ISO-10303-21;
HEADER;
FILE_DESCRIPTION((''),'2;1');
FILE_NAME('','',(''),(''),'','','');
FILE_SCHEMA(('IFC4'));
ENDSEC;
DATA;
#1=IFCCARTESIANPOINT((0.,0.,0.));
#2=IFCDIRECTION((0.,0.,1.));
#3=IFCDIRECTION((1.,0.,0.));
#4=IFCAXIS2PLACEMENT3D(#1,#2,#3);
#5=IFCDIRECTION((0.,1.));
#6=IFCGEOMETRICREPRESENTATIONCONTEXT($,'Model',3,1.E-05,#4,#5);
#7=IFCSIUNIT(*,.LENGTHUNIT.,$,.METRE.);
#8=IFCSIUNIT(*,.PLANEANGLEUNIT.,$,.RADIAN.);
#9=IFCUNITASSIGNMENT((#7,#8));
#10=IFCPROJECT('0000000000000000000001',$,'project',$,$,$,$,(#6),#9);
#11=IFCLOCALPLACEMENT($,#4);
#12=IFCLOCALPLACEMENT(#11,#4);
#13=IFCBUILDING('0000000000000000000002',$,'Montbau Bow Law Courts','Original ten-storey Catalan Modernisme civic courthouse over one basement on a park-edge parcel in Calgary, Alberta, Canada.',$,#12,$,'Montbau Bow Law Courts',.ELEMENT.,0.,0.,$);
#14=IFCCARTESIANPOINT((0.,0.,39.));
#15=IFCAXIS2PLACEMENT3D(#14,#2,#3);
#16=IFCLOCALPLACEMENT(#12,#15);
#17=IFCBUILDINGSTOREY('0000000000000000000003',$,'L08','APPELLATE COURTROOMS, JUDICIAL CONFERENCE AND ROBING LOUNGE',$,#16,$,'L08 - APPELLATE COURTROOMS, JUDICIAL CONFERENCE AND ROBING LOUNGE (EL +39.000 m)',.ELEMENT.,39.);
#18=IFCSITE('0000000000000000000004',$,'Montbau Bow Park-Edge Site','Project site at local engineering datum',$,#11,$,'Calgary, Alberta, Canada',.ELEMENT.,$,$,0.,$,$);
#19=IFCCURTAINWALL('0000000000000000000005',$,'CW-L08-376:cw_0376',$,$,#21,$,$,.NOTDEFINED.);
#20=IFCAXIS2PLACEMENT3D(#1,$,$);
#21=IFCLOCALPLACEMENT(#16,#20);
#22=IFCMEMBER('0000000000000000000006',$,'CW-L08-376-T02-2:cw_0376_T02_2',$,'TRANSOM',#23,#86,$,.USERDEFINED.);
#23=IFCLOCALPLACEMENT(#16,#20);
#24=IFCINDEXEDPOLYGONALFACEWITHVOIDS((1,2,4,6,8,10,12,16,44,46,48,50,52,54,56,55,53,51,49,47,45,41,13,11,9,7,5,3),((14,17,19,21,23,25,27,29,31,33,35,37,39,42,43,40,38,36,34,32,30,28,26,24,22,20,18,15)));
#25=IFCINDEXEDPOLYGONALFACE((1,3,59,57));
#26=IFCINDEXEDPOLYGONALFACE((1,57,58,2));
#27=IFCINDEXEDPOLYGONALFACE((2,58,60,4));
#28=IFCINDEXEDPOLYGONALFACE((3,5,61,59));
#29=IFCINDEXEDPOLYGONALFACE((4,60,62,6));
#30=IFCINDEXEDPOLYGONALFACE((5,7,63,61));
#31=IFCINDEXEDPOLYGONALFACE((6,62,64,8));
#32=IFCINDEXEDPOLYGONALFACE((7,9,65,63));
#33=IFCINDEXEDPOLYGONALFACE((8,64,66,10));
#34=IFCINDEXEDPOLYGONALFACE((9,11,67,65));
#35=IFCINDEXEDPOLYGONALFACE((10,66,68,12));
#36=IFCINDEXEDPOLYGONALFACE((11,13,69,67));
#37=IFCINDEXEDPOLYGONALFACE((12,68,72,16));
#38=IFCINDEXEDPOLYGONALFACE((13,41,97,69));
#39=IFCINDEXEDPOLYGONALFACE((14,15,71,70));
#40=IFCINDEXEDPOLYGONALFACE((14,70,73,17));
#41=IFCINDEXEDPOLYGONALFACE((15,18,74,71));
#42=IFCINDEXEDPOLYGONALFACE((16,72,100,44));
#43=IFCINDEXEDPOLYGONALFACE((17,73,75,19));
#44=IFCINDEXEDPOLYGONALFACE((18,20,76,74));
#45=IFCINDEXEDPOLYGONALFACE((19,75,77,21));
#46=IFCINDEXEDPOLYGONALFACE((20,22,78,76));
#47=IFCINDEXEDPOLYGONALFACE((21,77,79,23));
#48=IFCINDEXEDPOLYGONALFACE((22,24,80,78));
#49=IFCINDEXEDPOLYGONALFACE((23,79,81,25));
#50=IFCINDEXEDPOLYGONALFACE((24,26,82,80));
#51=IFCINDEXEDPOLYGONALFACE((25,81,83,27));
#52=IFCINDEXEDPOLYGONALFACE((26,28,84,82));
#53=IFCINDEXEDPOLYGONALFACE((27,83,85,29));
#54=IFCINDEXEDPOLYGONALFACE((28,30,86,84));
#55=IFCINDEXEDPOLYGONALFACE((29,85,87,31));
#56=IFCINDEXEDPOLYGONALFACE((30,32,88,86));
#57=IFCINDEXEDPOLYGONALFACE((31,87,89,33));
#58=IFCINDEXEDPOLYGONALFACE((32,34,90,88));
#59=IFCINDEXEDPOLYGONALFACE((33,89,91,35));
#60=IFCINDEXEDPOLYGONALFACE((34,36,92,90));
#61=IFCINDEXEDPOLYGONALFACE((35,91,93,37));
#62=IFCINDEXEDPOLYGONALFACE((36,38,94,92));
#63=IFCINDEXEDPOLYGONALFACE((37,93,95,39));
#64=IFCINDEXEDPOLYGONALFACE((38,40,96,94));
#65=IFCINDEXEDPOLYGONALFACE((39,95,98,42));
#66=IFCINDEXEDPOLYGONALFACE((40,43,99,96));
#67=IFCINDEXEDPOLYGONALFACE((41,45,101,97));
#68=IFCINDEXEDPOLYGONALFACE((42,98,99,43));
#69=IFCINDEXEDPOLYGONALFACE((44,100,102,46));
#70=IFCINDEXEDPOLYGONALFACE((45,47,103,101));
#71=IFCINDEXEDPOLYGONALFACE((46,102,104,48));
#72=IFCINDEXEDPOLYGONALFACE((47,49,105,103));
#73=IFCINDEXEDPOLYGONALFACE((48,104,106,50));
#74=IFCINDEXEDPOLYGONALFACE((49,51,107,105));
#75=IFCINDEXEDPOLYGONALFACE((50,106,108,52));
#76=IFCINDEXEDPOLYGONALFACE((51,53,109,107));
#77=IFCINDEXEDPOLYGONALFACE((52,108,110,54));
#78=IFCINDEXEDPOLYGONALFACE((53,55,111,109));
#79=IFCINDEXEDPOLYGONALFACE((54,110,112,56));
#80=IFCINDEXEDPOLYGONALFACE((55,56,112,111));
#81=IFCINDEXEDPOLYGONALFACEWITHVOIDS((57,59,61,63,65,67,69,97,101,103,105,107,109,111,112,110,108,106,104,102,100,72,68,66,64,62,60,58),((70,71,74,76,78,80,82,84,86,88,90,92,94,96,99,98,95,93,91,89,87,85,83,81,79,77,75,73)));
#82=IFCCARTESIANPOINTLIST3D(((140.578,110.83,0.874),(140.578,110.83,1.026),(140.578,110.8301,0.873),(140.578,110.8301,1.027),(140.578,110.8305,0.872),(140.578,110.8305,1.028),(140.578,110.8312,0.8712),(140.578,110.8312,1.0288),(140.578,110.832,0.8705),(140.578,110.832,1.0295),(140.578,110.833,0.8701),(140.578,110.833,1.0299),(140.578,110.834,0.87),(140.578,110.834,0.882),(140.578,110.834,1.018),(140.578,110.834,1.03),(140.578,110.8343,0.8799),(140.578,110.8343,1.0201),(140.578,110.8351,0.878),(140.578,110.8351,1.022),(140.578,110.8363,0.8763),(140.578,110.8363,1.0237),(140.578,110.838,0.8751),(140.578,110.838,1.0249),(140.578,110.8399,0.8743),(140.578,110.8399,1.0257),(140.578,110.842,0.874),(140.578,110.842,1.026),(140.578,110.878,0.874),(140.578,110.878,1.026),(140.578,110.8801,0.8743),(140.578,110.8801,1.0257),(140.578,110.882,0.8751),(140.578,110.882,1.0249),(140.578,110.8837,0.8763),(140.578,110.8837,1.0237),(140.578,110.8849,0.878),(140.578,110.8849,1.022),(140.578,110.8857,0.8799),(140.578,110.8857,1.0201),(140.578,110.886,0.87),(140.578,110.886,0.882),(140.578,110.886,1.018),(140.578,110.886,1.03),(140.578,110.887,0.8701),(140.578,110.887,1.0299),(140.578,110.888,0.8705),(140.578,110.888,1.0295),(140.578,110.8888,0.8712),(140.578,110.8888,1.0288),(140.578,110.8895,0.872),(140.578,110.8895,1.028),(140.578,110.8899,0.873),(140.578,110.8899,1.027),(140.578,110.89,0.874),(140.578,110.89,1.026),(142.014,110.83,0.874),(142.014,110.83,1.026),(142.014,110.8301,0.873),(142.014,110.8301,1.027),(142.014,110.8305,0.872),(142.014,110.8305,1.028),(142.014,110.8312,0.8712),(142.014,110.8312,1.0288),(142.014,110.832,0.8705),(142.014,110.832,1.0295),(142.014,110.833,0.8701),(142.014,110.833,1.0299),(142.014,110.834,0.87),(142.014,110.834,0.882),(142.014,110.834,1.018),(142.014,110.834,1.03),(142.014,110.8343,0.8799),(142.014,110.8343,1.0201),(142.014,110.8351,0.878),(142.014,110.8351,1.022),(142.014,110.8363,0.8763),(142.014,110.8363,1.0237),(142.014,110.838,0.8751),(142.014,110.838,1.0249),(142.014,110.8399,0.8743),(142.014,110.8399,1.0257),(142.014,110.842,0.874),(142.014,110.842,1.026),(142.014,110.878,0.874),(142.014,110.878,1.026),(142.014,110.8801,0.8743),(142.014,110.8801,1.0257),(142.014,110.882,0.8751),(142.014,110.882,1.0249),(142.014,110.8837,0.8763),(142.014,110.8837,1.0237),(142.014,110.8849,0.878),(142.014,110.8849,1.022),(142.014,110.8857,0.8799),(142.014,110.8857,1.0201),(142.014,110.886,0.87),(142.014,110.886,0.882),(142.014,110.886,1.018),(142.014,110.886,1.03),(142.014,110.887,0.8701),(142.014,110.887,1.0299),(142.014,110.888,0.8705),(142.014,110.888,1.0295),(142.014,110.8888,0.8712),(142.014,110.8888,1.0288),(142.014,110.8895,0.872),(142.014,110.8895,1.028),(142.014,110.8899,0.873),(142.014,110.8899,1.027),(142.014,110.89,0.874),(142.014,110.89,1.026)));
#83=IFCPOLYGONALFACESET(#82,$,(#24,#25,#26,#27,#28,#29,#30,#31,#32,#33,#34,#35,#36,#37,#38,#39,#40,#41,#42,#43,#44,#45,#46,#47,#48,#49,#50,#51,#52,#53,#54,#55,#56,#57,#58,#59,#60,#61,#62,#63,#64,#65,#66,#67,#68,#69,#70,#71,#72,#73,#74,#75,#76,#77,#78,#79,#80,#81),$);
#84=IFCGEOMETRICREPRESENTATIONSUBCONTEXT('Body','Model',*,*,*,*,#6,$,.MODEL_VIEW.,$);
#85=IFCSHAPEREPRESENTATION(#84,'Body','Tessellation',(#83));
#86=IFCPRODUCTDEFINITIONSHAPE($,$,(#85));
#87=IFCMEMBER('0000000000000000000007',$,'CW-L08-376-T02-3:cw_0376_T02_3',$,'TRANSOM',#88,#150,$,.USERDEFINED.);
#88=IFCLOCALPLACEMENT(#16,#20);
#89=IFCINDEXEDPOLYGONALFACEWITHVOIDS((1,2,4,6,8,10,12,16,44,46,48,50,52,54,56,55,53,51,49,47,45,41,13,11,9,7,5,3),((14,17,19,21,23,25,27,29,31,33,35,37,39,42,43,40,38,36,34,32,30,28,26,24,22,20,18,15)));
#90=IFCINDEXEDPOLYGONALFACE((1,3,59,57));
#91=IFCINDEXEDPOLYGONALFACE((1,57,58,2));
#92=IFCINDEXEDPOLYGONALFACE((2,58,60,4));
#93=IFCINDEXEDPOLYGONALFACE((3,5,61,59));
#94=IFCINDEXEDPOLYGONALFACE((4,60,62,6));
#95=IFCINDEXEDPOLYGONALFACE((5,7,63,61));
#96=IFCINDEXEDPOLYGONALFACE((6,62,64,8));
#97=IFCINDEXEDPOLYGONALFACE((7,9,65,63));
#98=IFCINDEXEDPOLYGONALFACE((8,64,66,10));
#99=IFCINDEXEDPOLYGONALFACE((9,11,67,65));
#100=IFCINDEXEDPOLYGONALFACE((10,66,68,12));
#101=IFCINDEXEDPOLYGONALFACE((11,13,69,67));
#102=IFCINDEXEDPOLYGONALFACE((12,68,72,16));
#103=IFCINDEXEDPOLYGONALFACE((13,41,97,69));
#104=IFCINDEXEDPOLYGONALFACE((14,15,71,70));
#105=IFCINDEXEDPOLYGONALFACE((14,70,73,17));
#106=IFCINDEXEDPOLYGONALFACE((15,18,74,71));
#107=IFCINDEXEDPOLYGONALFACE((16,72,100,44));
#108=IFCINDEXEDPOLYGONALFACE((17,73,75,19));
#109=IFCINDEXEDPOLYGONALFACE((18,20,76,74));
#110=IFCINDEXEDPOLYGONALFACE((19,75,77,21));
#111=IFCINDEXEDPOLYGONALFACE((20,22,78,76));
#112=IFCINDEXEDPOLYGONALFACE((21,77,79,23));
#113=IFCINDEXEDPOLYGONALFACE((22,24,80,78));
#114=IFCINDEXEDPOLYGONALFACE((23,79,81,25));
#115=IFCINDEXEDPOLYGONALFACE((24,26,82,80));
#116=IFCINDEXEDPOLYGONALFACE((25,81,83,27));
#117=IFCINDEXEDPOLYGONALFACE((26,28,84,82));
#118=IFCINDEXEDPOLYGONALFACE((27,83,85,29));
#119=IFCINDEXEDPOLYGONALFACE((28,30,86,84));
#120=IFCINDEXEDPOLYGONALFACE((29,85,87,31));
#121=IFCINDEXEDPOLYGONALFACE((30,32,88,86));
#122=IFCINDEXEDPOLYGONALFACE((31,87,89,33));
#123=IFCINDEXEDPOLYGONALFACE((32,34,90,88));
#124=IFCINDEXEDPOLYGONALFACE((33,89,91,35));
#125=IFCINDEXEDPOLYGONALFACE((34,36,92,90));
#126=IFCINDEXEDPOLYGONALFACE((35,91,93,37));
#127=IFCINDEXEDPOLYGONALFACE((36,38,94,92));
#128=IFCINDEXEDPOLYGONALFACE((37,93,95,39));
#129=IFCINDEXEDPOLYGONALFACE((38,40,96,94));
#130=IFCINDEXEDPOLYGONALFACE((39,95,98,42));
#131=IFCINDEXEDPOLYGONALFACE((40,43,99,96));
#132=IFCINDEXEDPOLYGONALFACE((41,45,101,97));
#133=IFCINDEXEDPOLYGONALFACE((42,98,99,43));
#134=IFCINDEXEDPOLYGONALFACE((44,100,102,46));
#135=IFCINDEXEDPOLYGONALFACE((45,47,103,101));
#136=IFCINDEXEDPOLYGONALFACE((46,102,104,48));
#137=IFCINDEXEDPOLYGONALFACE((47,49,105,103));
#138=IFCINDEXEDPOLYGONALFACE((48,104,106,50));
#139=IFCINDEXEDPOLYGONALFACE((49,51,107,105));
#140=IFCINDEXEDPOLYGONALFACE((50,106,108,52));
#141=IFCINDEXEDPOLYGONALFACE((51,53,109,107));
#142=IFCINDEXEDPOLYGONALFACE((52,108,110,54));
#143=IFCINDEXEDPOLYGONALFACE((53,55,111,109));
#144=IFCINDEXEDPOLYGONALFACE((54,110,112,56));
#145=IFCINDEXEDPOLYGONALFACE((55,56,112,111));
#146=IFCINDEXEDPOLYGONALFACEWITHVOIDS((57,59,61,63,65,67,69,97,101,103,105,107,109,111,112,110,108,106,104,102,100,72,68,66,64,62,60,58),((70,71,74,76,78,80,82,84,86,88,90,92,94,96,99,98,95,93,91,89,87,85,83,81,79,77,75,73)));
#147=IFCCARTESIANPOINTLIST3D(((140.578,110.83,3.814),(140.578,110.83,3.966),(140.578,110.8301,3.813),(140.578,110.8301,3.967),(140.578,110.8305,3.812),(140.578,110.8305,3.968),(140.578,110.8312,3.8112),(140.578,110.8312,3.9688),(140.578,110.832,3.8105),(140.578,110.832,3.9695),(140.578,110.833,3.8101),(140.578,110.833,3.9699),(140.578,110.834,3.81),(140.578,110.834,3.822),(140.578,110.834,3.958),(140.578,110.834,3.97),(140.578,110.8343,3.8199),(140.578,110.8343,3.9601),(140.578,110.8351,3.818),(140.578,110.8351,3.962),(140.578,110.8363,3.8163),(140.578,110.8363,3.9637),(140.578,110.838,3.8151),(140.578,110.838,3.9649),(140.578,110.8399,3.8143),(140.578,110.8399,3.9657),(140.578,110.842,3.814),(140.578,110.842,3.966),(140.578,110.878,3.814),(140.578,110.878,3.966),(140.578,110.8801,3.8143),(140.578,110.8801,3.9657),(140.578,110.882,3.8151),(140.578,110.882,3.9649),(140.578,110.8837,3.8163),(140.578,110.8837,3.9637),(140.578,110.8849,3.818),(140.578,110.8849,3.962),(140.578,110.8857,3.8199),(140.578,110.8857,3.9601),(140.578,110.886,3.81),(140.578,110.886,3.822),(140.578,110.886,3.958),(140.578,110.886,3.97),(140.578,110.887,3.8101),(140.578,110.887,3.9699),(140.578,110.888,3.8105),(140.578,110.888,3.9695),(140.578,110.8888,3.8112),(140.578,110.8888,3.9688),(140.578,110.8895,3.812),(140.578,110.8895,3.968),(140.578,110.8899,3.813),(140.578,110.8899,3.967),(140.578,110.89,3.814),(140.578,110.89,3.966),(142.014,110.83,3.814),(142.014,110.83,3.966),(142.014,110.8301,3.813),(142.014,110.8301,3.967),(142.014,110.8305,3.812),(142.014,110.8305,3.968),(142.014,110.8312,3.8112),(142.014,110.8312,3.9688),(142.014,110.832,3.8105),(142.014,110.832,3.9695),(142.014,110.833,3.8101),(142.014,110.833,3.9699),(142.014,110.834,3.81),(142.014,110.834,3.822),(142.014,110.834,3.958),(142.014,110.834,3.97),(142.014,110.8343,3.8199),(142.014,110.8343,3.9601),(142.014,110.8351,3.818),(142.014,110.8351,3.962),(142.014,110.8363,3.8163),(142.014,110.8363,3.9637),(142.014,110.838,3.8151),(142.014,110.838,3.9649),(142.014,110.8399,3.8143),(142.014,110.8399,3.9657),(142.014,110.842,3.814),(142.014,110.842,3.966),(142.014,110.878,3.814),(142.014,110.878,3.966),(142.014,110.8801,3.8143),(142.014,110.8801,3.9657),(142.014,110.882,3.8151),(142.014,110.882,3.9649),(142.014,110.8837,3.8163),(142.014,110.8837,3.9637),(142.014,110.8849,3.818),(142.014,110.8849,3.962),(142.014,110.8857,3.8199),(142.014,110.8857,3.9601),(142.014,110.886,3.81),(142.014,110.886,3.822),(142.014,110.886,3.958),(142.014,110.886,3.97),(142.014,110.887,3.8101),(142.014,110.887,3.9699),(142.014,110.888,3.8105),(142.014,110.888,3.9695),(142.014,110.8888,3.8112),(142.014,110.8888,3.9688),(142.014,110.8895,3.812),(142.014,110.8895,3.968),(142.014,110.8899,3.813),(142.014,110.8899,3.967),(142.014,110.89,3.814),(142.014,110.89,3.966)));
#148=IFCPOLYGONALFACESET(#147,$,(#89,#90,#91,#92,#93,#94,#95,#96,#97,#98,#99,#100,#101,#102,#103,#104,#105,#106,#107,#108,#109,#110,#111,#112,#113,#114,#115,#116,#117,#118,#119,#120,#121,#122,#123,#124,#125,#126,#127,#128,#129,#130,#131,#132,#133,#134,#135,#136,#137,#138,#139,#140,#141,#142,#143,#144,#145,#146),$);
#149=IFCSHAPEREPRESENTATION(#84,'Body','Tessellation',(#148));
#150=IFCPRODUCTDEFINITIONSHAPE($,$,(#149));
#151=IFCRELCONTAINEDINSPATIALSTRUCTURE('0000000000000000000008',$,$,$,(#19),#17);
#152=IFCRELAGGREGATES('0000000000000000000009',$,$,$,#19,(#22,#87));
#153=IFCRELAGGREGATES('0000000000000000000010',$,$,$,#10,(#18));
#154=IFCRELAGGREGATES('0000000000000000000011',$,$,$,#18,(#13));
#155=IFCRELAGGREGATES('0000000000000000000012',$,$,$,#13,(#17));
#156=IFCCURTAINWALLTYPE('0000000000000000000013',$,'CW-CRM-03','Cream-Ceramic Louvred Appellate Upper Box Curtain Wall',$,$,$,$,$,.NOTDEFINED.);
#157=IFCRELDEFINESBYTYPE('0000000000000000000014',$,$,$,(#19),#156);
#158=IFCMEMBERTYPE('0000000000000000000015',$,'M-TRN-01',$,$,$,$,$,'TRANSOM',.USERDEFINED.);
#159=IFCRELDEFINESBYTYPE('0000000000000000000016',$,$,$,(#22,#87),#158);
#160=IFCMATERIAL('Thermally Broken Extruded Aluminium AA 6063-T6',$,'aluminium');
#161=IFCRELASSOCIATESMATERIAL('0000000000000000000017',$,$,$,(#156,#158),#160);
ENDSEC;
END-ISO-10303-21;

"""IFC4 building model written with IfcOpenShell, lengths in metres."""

from ifc_helpers import new_model, si_unit, direction, frame, origin_with_axes, origin_2d_with_axis, place, context, subcontext, project, spatial, hollow_rectangle, extrude, material, material_profile, profile_set, type_object, element, aggregate, save


model = new_model("IFC4")

# Units and contexts
model_context = context("Model", 3, precision=1e-05, world=origin_with_axes(), true_north=direction((0.0, 1.0)))
body_context = subcontext(model_context, "Body", "Model", "MODEL_VIEW")
ifc_project = project(units=[si_unit("LENGTHUNIT", "METRE"), si_unit("PLANEANGLEUNIT", "RADIAN")], contexts=[model_context])

# Site, building, storey
site_placement = place(None, origin_with_axes())
site = spatial("IfcSite", under=ifc_project, at=site_placement, Name="Montbau Bow Park-Edge Site", Description="Project site at local engineering datum", LongName="Calgary, Alberta, Canada", CompositionType="ELEMENT", RefElevation=0.0)
building_placement = place(site_placement, origin_with_axes())
building = spatial("IfcBuilding", under=site, at=building_placement, Name="Montbau Bow Law Courts", Description="Original ten-storey Catalan Modernisme civic courthouse over one basement on a park-edge parcel in Calgary, Alberta, Canada.", LongName="Montbau Bow Law Courts", CompositionType="ELEMENT", ElevationOfRefHeight=0.0, ElevationOfTerrain=0.0)
storey_placement = place(building_placement, frame((0.0, 0.0, 39.0), z_axis=(0.0, 0.0, 1.0), x_axis=(1.0, 0.0, 0.0)))
storey = spatial("IfcBuildingStorey", under=building, at=storey_placement, Name="L08", Description="APPELLATE COURTROOMS, JUDICIAL CONFERENCE AND ROBING LOUNGE", LongName="L08 - APPELLATE COURTROOMS, JUDICIAL CONFERENCE AND ROBING LOUNGE (EL +39.000 m)", CompositionType="ELEMENT", Elevation=39.0)

# Curtain wall, members
ifc_material_1 = material(Name="Thermally Broken Extruded Aluminium AA 6063-T6", Category="aluminium")
curtain_wall_type = type_object("IfcCurtainWallType", Name="CW-CRM-03", Description="Cream-Ceramic Louvred Appellate Upper Box Curtain Wall", PredefinedType="NOTDEFINED", material=ifc_material_1)
curtain_wall_1_placement = place(None, frame((139.04, 110.86, 39.0), z_axis=(0.0, 0.0, 1.0), x_axis=(1.0, 0.0, 0.0)))
curtain_wall_1 = element("IfcCurtainWall", 1, at=curtain_wall_1_placement, inside=storey, type_object=curtain_wall_type, Name="CW-L08-376:cw_0376", PredefinedType="NOTDEFINED")
ifc_material_profile_1 = material_profile(ifc_material_1, hollow_rectangle(XDim=0.06, YDim=0.16, WallThickness=0.004, InnerFilletRadius=0.008, OuterFilletRadius=0.004, at=origin_2d_with_axis()), Name="CWT-160X60", Category="Main", Priority=0)
ifc_profile_set_1 = profile_set([ifc_material_profile_1], Name="Thermally Broken Extruded Aluminium AA 6063-T6")
member_type_1 = type_object("IfcMemberType", Name="M-TRN-01", ElementType="TRANSOM", PredefinedType="USERDEFINED", material=ifc_profile_set_1)
member_1_placement = place(None, frame((140.578, 110.86, 39.95), z_axis=(1.0, 0.0, 0.0), x_axis=(0.0, 1.0, 0.0)))
member_1 = element("IfcMember", 2, at=member_1_placement, type_object=member_type_1, Name="CW-L08-376-T02-2:cw_0376_T02_2", ObjectType="TRANSOM", PredefinedType="USERDEFINED", context=body_context, shape_type="SweptSolid", body=[
    extrude(hollow_rectangle(XDim=0.06, YDim=0.16, WallThickness=0.004, InnerFilletRadius=0.008, OuterFilletRadius=0.004, at=origin_2d_with_axis()), origin_with_axes(), (0.0, 0.0, 1.0), 1.436),
])
member_2_placement = place(None, frame((140.578, 110.86, 42.89), z_axis=(1.0, 0.0, 0.0), x_axis=(0.0, 1.0, 0.0)))
member_2 = element("IfcMember", 3, at=member_2_placement, type_object=member_type_1, Name="CW-L08-376-T02-3:cw_0376_T02_3", ObjectType="TRANSOM", PredefinedType="USERDEFINED", context=body_context, shape_type="SweptSolid", body=[
    extrude(hollow_rectangle(XDim=0.06, YDim=0.16, WallThickness=0.004, InnerFilletRadius=0.008, OuterFilletRadius=0.004, at=origin_2d_with_axis()), origin_with_axes(), (0.0, 0.0, 1.0), 1.436),
])

aggregate(curtain_wall_1, [member_1, member_2])

save(model, "model.ifc")
